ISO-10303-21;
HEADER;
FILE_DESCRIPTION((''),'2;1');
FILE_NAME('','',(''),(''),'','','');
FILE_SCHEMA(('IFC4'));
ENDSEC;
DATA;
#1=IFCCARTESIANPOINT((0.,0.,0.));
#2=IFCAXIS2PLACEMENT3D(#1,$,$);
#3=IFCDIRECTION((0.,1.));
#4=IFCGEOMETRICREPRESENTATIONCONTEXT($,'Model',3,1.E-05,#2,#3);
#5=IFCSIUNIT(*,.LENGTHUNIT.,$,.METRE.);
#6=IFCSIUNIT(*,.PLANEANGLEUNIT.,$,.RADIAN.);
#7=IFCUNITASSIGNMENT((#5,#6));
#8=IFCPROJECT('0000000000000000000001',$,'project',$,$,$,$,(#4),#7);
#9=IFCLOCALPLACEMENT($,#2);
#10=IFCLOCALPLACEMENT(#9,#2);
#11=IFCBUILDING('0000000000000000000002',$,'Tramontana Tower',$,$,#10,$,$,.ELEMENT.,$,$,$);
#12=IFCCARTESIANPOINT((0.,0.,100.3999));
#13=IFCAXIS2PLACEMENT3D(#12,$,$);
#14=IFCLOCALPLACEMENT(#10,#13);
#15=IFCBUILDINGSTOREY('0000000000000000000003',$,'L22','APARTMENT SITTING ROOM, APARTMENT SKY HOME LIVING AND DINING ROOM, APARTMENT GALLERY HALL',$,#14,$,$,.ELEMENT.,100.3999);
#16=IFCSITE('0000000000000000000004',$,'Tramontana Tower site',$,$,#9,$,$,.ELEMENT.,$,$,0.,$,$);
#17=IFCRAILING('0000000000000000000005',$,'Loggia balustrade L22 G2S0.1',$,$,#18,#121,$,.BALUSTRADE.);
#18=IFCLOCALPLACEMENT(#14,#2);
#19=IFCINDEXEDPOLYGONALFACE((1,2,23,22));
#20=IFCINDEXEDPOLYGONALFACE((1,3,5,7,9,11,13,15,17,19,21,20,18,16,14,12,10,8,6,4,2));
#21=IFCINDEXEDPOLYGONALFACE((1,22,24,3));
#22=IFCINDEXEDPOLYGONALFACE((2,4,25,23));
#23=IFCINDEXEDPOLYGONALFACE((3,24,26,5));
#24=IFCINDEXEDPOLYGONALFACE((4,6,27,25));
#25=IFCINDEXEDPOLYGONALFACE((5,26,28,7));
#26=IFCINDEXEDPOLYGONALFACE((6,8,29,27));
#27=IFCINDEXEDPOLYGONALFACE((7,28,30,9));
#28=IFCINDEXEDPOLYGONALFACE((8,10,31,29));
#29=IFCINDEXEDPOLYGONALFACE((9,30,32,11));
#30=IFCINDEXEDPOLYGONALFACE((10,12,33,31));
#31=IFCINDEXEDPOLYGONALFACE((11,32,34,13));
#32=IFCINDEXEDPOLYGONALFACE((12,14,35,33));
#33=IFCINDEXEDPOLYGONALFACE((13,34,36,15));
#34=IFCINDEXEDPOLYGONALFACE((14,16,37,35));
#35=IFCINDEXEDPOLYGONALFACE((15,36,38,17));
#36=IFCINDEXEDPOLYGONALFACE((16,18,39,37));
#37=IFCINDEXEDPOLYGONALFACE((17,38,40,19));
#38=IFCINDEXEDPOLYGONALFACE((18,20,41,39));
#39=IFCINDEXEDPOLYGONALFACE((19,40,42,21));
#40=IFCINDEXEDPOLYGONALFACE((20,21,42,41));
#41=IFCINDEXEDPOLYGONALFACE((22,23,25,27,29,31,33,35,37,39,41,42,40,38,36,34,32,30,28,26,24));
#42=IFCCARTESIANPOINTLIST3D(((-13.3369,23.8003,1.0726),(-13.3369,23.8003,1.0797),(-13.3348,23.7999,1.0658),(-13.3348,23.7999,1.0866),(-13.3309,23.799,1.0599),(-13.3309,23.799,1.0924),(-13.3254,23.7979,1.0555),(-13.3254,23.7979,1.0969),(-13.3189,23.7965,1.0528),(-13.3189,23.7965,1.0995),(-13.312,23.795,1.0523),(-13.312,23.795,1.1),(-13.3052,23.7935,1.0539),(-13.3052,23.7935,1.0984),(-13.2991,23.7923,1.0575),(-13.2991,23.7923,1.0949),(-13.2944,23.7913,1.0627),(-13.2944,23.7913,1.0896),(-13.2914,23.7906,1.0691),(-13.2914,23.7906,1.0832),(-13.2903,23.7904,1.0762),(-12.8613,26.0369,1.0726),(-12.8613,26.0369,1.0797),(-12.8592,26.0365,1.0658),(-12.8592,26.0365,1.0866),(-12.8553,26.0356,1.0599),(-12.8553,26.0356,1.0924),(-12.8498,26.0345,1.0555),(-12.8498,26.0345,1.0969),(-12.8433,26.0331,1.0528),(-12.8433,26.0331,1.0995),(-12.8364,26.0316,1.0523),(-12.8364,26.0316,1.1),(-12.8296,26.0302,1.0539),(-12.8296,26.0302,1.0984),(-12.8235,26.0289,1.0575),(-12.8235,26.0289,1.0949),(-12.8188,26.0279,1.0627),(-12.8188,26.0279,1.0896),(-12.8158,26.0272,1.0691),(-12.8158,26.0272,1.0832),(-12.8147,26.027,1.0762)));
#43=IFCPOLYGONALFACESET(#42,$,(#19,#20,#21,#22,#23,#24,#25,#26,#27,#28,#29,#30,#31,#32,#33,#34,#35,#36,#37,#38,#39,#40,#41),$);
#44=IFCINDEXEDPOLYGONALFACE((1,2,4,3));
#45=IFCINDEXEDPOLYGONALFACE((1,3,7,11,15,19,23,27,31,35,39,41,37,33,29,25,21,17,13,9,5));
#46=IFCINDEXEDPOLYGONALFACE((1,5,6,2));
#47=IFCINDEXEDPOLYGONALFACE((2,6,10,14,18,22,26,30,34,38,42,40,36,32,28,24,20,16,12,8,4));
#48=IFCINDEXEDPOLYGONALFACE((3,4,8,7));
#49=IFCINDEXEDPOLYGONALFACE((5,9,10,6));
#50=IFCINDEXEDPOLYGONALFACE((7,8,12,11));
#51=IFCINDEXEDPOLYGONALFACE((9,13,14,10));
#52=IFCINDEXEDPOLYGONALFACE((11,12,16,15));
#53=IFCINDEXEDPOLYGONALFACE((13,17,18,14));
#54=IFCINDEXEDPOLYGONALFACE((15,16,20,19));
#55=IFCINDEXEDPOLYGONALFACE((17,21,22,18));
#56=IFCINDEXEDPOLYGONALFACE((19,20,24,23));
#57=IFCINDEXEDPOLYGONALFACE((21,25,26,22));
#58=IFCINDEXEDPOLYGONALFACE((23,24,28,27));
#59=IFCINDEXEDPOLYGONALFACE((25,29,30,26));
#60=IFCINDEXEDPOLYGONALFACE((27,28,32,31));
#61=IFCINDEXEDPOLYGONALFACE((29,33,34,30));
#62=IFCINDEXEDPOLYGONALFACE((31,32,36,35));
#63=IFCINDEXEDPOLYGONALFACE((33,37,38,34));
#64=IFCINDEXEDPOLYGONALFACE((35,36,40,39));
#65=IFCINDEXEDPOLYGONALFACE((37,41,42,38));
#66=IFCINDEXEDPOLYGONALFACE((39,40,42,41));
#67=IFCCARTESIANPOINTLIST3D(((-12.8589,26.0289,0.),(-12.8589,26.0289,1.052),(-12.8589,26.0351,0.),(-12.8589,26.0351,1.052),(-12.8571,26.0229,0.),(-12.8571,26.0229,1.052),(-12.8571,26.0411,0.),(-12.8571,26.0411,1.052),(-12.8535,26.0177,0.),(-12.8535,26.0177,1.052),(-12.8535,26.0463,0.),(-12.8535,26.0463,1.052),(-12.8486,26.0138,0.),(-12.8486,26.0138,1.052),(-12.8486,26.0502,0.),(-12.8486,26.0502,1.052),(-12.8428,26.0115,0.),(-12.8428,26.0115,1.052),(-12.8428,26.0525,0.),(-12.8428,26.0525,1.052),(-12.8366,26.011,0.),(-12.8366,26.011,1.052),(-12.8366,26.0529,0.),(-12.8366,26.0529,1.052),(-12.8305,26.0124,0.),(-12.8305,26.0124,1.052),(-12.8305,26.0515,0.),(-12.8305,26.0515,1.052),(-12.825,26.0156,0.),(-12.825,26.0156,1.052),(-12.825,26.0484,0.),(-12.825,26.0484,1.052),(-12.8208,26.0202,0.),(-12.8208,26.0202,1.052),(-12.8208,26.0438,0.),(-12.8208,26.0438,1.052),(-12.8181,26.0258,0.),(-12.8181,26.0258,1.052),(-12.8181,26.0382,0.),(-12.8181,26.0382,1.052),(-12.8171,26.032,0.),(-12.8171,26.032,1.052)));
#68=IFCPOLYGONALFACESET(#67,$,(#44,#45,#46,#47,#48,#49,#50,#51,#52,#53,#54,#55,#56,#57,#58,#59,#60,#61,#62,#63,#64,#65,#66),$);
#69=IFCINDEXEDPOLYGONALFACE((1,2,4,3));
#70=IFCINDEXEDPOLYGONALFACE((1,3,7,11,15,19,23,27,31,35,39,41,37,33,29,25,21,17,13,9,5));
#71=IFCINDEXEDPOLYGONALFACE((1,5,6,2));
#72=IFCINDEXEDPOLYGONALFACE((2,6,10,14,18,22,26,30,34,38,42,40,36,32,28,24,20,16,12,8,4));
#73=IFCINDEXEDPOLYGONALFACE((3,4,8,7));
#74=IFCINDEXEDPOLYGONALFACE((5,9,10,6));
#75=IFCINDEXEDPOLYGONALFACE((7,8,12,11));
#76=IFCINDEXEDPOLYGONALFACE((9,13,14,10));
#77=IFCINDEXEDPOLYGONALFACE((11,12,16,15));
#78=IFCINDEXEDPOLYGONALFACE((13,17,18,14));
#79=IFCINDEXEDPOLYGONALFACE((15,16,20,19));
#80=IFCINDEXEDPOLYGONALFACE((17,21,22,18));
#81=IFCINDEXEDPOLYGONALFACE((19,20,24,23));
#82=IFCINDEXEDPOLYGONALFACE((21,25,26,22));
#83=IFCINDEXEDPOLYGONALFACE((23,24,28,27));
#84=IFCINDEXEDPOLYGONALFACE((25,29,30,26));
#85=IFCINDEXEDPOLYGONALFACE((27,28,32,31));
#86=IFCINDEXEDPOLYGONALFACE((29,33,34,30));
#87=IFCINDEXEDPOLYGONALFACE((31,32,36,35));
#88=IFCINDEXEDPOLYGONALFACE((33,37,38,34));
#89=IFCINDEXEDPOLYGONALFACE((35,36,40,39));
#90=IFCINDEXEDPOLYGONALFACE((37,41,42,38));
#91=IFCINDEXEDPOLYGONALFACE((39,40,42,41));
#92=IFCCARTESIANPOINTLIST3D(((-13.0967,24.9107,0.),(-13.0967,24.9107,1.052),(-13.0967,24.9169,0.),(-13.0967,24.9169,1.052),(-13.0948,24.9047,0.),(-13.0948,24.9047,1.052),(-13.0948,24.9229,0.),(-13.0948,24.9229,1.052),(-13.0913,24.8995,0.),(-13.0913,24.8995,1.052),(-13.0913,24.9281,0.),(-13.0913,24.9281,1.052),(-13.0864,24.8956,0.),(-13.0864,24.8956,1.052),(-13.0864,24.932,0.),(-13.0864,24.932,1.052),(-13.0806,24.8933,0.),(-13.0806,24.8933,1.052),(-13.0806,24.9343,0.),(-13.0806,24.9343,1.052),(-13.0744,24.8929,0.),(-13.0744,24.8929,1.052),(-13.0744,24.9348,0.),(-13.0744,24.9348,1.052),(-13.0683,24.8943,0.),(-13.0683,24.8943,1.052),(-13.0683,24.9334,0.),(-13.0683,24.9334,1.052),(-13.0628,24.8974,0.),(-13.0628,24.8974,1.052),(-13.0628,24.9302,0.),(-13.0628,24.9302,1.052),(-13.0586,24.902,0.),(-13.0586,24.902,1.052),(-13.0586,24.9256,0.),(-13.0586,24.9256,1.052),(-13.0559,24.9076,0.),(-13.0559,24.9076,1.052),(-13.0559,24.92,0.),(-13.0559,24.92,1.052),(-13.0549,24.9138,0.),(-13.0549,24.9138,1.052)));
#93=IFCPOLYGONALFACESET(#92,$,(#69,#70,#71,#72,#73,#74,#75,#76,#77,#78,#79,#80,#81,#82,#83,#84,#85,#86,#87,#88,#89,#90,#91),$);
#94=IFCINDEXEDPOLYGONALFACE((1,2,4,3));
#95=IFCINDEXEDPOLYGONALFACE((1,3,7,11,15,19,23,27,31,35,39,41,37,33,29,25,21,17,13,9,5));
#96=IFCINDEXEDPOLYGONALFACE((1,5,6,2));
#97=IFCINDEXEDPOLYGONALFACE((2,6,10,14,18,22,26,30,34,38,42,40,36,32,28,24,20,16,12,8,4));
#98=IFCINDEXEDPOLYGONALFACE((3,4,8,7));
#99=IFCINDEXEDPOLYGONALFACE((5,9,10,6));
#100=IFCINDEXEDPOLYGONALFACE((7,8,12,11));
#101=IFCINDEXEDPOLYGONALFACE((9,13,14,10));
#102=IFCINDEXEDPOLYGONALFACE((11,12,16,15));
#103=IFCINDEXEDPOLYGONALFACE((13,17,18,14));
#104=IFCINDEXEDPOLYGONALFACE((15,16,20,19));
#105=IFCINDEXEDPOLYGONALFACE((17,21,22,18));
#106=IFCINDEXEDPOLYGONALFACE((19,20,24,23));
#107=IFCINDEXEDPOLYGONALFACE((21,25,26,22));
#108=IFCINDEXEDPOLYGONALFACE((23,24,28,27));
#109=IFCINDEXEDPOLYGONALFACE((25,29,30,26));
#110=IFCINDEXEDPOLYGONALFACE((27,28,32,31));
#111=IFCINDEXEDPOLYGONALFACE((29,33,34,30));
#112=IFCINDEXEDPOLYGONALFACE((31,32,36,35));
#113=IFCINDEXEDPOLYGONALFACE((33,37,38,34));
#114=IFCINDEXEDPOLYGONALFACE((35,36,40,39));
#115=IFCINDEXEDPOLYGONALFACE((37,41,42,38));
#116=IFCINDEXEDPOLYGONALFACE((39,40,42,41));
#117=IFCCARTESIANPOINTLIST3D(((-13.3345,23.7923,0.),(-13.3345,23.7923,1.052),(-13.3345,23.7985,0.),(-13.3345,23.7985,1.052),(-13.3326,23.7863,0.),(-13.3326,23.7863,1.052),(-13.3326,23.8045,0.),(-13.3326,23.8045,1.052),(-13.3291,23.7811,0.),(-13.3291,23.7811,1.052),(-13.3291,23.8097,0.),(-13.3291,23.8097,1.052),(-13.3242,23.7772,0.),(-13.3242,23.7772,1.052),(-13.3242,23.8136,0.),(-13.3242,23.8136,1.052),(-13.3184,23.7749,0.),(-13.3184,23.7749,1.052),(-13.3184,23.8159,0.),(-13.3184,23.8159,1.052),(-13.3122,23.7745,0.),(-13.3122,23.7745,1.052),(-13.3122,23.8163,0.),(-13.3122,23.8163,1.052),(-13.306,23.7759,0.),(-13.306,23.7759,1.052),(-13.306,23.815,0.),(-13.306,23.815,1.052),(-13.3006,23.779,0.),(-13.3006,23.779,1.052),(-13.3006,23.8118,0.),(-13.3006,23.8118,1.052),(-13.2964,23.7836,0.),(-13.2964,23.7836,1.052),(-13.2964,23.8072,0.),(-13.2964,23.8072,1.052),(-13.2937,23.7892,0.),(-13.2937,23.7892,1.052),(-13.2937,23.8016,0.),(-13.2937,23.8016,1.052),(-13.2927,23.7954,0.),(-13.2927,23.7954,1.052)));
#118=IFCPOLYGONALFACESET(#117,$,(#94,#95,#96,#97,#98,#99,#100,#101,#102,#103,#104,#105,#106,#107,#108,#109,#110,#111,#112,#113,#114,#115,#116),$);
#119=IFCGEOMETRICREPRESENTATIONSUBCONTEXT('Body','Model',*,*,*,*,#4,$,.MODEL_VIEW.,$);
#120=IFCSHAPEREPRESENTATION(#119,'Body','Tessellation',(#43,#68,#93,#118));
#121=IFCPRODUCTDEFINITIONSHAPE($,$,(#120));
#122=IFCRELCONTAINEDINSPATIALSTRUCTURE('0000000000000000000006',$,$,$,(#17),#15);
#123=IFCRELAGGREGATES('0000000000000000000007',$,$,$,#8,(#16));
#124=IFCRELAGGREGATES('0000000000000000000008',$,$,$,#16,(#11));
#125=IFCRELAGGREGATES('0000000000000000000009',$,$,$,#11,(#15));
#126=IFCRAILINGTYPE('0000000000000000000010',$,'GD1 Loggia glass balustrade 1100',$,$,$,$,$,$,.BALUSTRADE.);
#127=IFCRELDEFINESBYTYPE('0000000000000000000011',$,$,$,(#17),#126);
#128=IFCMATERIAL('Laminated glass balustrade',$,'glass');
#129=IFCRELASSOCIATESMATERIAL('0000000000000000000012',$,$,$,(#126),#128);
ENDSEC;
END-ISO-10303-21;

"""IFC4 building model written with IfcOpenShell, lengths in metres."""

from ifc_helpers import new_model, si_unit, direction, frame, origin, origin_2d, place, context, subcontext, project, spatial, circle, extrude, material, type_object, element, save


model = new_model("IFC4")

# Units and contexts
model_context = context("Model", 3, precision=1e-05, world=origin(), true_north=direction((0.0, 1.0)))
body_context = subcontext(model_context, "Body", "Model", "MODEL_VIEW")
ifc_project = project(units=[si_unit("LENGTHUNIT", "METRE"), si_unit("PLANEANGLEUNIT", "RADIAN")], contexts=[model_context])

# Site, building, storey
site_placement = place(None, origin())
site = spatial("IfcSite", under=ifc_project, at=site_placement, Name="Tramontana Tower site", CompositionType="ELEMENT", RefElevation=0.0)
building_placement = place(site_placement, origin())
building = spatial("IfcBuilding", under=site, at=building_placement, Name="Tramontana Tower", CompositionType="ELEMENT")
storey_placement = place(building_placement, frame((0.0, 0.0, 100.3999)))
storey = spatial("IfcBuildingStorey", under=building, at=storey_placement, Name="L22", Description="APARTMENT SITTING ROOM, APARTMENT SKY HOME LIVING AND DINING ROOM, APARTMENT GALLERY HALL", CompositionType="ELEMENT", Elevation=100.3999)

# Railing
ifc_material_1 = material(Name="Laminated glass balustrade", Category="glass")
railing_type = type_object("IfcRailingType", Name="GD1 Loggia glass balustrade 1100", PredefinedType="BALUSTRADE", material=ifc_material_1)
railing_1_placement = place(storey_placement, frame((-12.8381, 26.032, 0.0)))
element("IfcRailing", 1, at=railing_1_placement, inside=storey, type_object=railing_type, Name="Loggia balustrade L22 G2S0.1", PredefinedType="BALUSTRADE", context=body_context, shape_type="SweptSolid", body=[
    extrude(circle(Radius=0.0239, at=origin_2d()), frame((0.0, 0.0, 1.0762), z_axis=(-0.20799, -0.978131, 0.0), x_axis=(0.978131, -0.20799, 0.0)), (0.0, 0.0, 1.0), 2.2866),
    extrude(circle(Radius=0.021, at=origin_2d()), origin(), (0.0, 0.0, 1.0), 1.052),
    extrude(circle(Radius=0.021, at=origin_2d()), frame((-0.2378, -1.1182, 0.0)), (0.0, 0.0, 1.0), 1.052),
    extrude(circle(Radius=0.021, at=origin_2d()), frame((-0.4756, -2.2366, 0.0)), (0.0, 0.0, 1.0), 1.052),
])

save(model, "model.ifc")
